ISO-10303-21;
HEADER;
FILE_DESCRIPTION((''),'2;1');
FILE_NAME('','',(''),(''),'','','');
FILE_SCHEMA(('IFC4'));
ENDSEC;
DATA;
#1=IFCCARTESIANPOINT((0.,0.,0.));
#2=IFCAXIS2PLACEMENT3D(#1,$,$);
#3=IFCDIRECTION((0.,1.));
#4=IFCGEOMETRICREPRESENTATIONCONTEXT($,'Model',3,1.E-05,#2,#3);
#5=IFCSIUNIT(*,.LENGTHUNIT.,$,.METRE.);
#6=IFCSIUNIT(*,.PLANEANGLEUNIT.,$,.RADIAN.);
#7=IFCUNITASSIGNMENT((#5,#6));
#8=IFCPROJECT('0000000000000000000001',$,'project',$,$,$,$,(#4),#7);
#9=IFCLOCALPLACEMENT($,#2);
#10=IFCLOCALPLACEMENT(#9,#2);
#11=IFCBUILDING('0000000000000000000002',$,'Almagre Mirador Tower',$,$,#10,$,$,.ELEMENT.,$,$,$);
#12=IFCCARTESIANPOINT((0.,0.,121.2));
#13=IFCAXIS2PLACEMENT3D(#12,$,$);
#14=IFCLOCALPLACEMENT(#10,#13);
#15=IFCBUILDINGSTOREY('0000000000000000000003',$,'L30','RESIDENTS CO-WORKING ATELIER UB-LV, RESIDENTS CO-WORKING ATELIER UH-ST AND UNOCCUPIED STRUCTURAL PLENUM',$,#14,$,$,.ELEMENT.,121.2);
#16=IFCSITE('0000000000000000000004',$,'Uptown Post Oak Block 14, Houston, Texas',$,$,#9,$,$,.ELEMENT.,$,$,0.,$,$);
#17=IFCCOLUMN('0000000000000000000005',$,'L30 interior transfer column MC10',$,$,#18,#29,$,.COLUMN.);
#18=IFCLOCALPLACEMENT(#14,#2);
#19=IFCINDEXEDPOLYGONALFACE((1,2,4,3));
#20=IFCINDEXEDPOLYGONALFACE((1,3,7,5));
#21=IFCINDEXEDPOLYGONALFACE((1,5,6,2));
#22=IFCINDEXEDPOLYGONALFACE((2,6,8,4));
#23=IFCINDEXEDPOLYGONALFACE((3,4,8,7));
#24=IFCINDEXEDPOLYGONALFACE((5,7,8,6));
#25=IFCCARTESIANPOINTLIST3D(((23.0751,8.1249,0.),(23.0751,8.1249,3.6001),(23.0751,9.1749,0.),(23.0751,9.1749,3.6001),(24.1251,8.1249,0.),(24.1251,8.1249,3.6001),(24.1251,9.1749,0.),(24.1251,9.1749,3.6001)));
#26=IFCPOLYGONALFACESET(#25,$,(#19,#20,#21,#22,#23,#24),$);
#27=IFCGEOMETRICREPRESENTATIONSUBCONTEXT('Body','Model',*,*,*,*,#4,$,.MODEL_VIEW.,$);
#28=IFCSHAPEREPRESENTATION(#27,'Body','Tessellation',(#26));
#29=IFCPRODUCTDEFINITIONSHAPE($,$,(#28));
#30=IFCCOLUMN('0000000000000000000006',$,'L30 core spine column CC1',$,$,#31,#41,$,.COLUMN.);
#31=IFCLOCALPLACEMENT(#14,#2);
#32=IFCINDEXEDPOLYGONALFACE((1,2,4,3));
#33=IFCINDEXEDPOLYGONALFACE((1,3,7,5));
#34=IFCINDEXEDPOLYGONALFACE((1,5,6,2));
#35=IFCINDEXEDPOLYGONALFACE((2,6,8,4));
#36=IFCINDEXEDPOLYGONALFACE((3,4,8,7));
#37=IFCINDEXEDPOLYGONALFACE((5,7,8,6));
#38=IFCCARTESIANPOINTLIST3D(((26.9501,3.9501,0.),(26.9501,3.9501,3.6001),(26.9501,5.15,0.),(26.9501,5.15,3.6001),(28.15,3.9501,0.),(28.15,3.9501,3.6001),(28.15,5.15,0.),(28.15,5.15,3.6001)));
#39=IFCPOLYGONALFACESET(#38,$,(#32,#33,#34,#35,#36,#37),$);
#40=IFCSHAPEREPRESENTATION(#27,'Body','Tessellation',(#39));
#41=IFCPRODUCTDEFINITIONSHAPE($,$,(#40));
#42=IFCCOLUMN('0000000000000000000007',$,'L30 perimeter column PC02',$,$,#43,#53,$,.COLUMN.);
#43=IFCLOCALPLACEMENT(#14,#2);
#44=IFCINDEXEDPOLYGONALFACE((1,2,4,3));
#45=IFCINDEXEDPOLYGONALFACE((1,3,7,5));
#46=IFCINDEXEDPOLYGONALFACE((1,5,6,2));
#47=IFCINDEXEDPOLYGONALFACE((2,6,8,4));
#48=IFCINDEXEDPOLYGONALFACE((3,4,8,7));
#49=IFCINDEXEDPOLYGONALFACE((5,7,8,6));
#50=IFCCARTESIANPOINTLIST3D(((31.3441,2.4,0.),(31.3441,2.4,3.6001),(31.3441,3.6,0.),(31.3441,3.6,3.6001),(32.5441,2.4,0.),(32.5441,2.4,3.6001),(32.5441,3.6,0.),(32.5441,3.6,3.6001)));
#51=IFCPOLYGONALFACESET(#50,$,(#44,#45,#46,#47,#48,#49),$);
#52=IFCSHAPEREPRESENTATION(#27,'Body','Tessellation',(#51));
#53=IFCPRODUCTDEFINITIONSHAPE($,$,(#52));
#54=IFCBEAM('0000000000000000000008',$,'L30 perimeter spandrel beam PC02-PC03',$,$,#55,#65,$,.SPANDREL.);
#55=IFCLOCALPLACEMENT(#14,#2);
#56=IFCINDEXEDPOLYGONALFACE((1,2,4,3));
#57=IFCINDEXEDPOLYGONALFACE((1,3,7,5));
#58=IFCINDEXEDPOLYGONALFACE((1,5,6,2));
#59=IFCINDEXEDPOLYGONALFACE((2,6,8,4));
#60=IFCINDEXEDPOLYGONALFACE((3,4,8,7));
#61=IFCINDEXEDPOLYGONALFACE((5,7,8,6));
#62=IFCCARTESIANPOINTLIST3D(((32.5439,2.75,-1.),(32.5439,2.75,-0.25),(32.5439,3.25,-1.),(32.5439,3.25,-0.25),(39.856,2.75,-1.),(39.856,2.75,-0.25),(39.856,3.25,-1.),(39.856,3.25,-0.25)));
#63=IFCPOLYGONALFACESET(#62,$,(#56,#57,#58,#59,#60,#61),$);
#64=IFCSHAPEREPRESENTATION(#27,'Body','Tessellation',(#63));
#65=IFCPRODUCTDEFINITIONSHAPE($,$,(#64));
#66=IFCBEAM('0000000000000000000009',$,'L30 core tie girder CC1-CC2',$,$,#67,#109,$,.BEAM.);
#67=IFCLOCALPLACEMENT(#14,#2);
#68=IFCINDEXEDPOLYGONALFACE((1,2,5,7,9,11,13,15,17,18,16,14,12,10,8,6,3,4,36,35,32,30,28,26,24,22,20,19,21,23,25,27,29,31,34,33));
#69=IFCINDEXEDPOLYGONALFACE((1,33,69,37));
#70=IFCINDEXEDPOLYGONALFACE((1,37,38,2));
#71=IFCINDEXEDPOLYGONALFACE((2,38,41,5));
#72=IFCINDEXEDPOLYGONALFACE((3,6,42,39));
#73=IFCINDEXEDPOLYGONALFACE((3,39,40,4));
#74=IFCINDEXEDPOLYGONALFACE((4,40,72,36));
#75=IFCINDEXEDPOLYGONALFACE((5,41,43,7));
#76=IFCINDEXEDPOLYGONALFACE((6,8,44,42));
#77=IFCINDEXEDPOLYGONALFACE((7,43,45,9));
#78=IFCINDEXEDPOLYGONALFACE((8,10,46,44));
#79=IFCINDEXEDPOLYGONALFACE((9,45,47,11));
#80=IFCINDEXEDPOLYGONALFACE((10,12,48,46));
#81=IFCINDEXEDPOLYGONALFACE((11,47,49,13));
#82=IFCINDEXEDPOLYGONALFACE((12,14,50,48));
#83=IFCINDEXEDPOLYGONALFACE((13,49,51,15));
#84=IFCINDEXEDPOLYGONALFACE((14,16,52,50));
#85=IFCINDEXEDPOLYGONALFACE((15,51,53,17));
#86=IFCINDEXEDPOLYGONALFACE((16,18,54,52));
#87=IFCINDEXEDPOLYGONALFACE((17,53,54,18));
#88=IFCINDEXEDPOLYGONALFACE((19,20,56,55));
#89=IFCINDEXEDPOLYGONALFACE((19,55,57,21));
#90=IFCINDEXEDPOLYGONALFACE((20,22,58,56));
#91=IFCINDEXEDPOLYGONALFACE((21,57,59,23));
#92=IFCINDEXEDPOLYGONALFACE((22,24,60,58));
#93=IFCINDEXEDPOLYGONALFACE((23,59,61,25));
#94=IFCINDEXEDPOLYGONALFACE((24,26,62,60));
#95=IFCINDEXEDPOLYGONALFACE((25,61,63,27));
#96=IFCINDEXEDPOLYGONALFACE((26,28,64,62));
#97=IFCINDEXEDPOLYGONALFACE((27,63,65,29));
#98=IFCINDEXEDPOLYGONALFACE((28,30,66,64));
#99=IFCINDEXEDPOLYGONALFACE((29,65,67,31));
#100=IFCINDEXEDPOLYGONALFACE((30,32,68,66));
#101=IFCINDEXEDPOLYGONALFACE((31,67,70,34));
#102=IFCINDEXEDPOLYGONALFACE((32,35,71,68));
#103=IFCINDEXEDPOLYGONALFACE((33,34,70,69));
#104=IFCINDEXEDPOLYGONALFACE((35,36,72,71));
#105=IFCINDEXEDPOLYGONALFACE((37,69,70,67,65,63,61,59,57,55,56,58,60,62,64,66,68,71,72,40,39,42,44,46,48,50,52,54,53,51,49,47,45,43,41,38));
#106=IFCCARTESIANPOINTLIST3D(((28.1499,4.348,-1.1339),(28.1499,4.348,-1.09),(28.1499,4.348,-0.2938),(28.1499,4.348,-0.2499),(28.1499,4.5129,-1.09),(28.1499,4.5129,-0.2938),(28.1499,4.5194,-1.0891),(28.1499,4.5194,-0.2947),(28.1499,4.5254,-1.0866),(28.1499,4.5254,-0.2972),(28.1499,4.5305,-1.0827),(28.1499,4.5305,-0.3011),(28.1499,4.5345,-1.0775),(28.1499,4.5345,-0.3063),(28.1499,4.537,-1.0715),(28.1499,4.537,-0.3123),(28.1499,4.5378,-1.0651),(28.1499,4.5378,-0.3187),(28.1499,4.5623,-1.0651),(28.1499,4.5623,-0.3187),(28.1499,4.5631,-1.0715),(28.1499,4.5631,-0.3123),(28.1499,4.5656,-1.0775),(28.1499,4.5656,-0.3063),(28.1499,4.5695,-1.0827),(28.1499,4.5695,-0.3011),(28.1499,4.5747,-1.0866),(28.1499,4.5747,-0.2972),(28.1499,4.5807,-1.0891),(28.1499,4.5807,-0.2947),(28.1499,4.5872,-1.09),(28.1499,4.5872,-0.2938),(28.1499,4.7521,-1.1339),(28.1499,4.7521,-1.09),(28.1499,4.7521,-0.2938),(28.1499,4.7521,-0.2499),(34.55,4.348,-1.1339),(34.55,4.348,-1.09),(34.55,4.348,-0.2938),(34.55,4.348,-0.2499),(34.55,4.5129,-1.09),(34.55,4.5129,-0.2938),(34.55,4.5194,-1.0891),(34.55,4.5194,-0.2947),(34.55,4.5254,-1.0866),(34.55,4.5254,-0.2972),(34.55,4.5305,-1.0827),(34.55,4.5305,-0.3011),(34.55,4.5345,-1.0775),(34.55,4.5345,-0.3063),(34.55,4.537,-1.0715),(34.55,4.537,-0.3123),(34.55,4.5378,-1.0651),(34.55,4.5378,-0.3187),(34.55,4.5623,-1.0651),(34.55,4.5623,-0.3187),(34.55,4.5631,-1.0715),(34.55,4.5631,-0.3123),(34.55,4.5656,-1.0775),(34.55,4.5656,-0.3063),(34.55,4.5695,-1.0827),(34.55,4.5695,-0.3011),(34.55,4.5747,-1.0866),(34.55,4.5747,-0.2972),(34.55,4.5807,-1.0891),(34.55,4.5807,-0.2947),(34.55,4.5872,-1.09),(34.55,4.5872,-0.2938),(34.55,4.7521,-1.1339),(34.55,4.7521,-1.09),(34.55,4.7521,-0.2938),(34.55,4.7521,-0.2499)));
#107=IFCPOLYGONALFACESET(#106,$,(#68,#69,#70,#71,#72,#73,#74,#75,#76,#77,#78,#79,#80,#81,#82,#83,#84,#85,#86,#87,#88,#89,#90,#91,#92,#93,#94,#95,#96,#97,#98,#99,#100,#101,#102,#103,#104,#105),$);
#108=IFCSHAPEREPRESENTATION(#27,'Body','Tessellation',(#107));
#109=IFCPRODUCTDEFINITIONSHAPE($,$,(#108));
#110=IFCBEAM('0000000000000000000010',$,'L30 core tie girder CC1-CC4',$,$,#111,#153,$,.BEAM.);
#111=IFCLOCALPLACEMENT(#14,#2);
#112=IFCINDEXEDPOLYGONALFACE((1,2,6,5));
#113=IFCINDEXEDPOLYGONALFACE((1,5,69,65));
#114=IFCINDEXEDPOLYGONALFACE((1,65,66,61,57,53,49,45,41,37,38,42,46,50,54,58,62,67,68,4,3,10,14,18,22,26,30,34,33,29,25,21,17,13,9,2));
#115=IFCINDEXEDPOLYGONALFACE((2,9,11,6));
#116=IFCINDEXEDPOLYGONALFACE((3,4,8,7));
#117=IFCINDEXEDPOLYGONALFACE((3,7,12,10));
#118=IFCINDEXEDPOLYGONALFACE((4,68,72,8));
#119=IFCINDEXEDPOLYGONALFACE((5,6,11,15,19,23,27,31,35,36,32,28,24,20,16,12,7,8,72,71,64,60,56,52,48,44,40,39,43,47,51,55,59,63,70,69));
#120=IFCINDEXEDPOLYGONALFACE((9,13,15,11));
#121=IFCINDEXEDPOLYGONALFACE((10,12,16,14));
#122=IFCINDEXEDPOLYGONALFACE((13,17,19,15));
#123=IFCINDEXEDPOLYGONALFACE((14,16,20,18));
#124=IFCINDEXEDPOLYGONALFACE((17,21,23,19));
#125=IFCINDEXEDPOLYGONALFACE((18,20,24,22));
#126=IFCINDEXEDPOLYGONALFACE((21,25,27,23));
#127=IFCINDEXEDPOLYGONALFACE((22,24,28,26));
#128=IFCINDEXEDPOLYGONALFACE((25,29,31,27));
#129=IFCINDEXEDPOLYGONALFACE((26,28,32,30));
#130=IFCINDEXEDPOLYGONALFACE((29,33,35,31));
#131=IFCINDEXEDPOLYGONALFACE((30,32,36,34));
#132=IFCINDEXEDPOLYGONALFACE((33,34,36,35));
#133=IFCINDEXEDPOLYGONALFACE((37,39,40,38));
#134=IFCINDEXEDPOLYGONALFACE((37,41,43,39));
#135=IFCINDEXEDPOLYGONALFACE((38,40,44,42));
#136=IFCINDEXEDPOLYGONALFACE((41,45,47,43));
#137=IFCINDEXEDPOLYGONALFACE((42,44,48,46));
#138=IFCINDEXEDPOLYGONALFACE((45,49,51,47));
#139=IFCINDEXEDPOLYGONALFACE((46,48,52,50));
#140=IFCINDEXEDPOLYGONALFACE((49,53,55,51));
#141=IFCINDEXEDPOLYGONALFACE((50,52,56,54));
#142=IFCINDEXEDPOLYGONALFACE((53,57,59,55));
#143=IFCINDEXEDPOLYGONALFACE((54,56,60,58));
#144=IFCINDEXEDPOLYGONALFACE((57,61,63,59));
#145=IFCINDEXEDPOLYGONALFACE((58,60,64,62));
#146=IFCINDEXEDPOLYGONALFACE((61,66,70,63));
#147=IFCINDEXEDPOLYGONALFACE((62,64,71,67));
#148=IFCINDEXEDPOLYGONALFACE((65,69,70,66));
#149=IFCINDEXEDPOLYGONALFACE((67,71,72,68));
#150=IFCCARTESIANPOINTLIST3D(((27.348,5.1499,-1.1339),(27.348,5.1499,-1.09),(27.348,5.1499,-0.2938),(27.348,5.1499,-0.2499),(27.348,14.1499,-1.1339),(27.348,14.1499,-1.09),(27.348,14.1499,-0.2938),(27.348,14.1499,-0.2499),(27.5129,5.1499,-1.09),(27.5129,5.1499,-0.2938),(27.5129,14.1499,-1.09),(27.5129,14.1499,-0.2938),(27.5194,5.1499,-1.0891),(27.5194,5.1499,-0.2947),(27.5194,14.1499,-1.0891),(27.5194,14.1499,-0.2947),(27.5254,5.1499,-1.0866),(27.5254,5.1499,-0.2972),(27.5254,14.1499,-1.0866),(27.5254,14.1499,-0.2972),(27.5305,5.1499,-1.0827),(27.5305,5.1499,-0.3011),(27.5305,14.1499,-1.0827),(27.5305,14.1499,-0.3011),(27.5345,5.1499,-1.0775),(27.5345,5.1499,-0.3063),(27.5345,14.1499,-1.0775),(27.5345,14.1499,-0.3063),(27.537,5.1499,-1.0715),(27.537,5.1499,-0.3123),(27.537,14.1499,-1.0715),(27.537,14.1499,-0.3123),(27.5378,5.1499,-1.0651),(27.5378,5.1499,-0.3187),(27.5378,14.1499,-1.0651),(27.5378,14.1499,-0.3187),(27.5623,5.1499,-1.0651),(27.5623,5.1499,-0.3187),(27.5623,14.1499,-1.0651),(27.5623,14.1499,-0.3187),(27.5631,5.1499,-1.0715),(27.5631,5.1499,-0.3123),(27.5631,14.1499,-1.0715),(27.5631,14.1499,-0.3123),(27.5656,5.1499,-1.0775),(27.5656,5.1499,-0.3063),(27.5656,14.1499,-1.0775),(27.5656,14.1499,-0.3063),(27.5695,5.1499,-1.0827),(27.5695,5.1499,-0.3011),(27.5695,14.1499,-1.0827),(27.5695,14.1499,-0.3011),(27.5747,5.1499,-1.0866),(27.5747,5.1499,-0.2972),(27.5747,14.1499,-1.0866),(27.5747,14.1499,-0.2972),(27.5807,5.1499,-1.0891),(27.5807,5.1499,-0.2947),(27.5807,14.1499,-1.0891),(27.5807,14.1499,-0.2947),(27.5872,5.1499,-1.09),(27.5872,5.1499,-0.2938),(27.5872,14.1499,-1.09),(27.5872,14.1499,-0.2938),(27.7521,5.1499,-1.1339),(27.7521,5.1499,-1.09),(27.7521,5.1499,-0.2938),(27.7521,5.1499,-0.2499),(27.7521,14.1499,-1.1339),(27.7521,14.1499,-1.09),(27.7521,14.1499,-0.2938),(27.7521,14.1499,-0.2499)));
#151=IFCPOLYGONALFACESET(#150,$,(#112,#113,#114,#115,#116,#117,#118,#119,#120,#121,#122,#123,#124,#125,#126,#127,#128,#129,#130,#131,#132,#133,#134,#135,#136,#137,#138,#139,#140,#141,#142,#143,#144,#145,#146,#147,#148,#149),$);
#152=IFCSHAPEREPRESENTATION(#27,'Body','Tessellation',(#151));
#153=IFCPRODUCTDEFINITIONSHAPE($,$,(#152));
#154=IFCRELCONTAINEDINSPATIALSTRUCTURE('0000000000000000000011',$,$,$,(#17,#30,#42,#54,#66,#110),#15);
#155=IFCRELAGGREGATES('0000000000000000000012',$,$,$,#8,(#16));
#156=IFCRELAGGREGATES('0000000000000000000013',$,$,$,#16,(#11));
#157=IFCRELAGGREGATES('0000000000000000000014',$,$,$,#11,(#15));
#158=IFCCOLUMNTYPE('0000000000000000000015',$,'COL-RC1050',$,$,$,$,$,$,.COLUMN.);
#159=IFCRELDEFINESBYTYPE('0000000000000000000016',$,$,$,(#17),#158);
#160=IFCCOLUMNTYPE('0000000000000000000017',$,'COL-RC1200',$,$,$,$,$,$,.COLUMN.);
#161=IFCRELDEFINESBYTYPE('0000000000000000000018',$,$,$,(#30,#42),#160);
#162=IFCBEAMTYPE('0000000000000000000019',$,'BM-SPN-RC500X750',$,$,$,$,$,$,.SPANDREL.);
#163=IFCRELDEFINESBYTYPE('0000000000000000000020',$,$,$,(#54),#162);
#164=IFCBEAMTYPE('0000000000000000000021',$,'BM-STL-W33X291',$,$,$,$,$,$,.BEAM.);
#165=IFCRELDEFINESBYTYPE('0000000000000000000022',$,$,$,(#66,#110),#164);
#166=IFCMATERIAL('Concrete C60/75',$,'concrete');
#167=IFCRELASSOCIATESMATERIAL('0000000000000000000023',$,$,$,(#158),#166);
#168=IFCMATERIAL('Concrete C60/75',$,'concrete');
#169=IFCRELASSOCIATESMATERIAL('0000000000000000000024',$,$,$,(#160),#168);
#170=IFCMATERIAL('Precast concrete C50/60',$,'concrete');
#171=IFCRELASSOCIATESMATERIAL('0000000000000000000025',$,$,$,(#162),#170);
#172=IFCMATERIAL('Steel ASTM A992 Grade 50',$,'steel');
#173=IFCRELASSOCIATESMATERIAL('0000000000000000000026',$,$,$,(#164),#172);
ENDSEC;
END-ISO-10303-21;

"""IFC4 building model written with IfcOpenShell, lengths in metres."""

from ifc_helpers import new_model, si_unit, direction, frame, origin, origin_2d, place, context, subcontext, project, spatial, rectangle, i_section, extrude, material, material_profile, profile_set, type_object, element, save


model = new_model("IFC4")

# Units and contexts
model_context = context("Model", 3, precision=1e-05, world=origin(), true_north=direction((0.0, 1.0)))
body_context = subcontext(model_context, "Body", "Model", "MODEL_VIEW")
ifc_project = project(units=[si_unit("LENGTHUNIT", "METRE"), si_unit("PLANEANGLEUNIT", "RADIAN")], contexts=[model_context])

# Site, building, storey
site_placement = place(None, origin())
site = spatial("IfcSite", under=ifc_project, at=site_placement, Name="Uptown Post Oak Block 14, Houston, Texas", CompositionType="ELEMENT", RefElevation=0.0)
building_placement = place(site_placement, origin())
building = spatial("IfcBuilding", under=site, at=building_placement, Name="Almagre Mirador Tower", CompositionType="ELEMENT")
storey_placement = place(building_placement, frame((0.0, 0.0, 121.2)))
storey = spatial("IfcBuildingStorey", under=building, at=storey_placement, Name="L30", Description="RESIDENTS CO-WORKING ATELIER UB-LV, RESIDENTS CO-WORKING ATELIER UH-ST AND UNOCCUPIED STRUCTURAL PLENUM", CompositionType="ELEMENT", Elevation=121.2)

# Columns
ifc_material_1 = material(Name="Concrete C60/75", Category="concrete")
ifc_material_profile_1 = material_profile(ifc_material_1, rectangle(XDim=1.05, YDim=1.05, at=origin_2d()), Name="RC1050X1050")
ifc_profile_set_1 = profile_set([ifc_material_profile_1], Name="Concrete C60/75")
column_type_1 = type_object("IfcColumnType", Name="COL-RC1050", PredefinedType="COLUMN", material=ifc_profile_set_1)
column_placement = place(storey_placement, frame((23.6001, 8.6499, 0.0), z_axis=(0.0, 0.0, 1.0), x_axis=(1.0, 0.0, 0.0)))
element("IfcColumn", 1, at=column_placement, inside=storey, type_object=column_type_1, Name="L30 interior transfer column MC10", PredefinedType="COLUMN", context=body_context, shape_type="SweptSolid", body=[
    extrude(rectangle(XDim=1.05, YDim=1.05, at=origin_2d()), origin(), (0.0, 0.0, 1.0), 3.6001),
])
ifc_material_2 = material(Name="Concrete C60/75", Category="concrete")
ifc_material_profile_2 = material_profile(ifc_material_2, rectangle(XDim=1.2, YDim=1.2, at=origin_2d()), Name="RC1200X1200")
ifc_profile_set_2 = profile_set([ifc_material_profile_2], Name="Concrete C60/75")
column_type_2 = type_object("IfcColumnType", Name="COL-RC1200", PredefinedType="COLUMN", material=ifc_profile_set_2)
for number, where, z_axis, x_axis, name in (
    (2, (27.55, 4.55, 0.0), (0.0, 0.0, 1.0), (1.0, 0.0, 0.0), "L30 core spine column CC1"),
    (3, (31.9441, 3.0, 0.0), (0.0, 0.0, 1.0), (1.0, 0.0, 0.0), "L30 perimeter column PC02"),
):
    element("IfcColumn", number, at=place(storey_placement, frame(where, z_axis=z_axis, x_axis=x_axis)), inside=storey, type_object=column_type_2, Name=name, PredefinedType="COLUMN", context=body_context, shape_type="SweptSolid", body=[
        extrude(rectangle(XDim=1.2, YDim=1.2, at=origin_2d()), origin(), (0.0, 0.0, 1.0), 3.6001),
    ])

# Beams
ifc_material_3 = material(Name="Precast concrete C50/60", Category="concrete")
ifc_material_profile_3 = material_profile(ifc_material_3, rectangle(XDim=0.5, YDim=0.75, at=origin_2d()), Name="RC500X750")
ifc_profile_set_3 = profile_set([ifc_material_profile_3], Name="Precast concrete C50/60")
beam_type_1 = type_object("IfcBeamType", Name="BM-SPN-RC500X750", PredefinedType="SPANDREL", material=ifc_profile_set_3)
beam_1_placement = place(storey_placement, frame((32.5439, 3.0, -0.625), z_axis=(1.0, 0.0, 0.0), x_axis=(0.0, 1.0, 0.0)))
element("IfcBeam", 4, at=beam_1_placement, inside=storey, type_object=beam_type_1, Name="L30 perimeter spandrel beam PC02-PC03", PredefinedType="SPANDREL", context=body_context, shape_type="SweptSolid", body=[
    extrude(rectangle(XDim=0.5, YDim=0.75, at=origin_2d()), origin(), (0.0, 0.0, 1.0), 7.312),
])
ifc_material_4 = material(Name="Steel ASTM A992 Grade 50", Category="steel")
ifc_material_profile_4 = material_profile(ifc_material_4, i_section(OverallWidth=0.4041, OverallDepth=0.884, WebThickness=0.0244, FlangeThickness=0.0439, FilletRadius=0.0249, at=origin_2d()), Name="W33X291")
ifc_profile_set_4 = profile_set([ifc_material_profile_4], Name="Steel ASTM A992 Grade 50")
beam_type_2 = type_object("IfcBeamType", Name="BM-STL-W33X291", PredefinedType="BEAM", material=ifc_profile_set_4)
beam_2_placement = place(storey_placement, frame((28.1499, 4.55, -0.6919), z_axis=(1.0, 0.0, 0.0), x_axis=(0.0, 1.0, 0.0)))
element("IfcBeam", 5, at=beam_2_placement, inside=storey, type_object=beam_type_2, Name="L30 core tie girder CC1-CC2", PredefinedType="BEAM", context=body_context, shape_type="SweptSolid", body=[
    extrude(i_section(OverallWidth=0.4041, OverallDepth=0.884, WebThickness=0.0244, FlangeThickness=0.0439, FilletRadius=0.0249, at=origin_2d()), origin(), (0.0, 0.0, 1.0), 6.4001),
])
beam_3_placement = place(storey_placement, frame((27.55, 5.1499, -0.6919), z_axis=(0.0, 1.0, 0.0), x_axis=(-1.0, 0.0, 0.0)))
element("IfcBeam", 6, at=beam_3_placement, inside=storey, type_object=beam_type_2, Name="L30 core tie girder CC1-CC4", PredefinedType="BEAM", context=body_context, shape_type="SweptSolid", body=[
    extrude(i_section(OverallWidth=0.4041, OverallDepth=0.884, WebThickness=0.0244, FlangeThickness=0.0439, FilletRadius=0.0249, at=origin_2d()), origin(), (0.0, 0.0, 1.0), 9.0),
])

save(model, "model.ifc")
